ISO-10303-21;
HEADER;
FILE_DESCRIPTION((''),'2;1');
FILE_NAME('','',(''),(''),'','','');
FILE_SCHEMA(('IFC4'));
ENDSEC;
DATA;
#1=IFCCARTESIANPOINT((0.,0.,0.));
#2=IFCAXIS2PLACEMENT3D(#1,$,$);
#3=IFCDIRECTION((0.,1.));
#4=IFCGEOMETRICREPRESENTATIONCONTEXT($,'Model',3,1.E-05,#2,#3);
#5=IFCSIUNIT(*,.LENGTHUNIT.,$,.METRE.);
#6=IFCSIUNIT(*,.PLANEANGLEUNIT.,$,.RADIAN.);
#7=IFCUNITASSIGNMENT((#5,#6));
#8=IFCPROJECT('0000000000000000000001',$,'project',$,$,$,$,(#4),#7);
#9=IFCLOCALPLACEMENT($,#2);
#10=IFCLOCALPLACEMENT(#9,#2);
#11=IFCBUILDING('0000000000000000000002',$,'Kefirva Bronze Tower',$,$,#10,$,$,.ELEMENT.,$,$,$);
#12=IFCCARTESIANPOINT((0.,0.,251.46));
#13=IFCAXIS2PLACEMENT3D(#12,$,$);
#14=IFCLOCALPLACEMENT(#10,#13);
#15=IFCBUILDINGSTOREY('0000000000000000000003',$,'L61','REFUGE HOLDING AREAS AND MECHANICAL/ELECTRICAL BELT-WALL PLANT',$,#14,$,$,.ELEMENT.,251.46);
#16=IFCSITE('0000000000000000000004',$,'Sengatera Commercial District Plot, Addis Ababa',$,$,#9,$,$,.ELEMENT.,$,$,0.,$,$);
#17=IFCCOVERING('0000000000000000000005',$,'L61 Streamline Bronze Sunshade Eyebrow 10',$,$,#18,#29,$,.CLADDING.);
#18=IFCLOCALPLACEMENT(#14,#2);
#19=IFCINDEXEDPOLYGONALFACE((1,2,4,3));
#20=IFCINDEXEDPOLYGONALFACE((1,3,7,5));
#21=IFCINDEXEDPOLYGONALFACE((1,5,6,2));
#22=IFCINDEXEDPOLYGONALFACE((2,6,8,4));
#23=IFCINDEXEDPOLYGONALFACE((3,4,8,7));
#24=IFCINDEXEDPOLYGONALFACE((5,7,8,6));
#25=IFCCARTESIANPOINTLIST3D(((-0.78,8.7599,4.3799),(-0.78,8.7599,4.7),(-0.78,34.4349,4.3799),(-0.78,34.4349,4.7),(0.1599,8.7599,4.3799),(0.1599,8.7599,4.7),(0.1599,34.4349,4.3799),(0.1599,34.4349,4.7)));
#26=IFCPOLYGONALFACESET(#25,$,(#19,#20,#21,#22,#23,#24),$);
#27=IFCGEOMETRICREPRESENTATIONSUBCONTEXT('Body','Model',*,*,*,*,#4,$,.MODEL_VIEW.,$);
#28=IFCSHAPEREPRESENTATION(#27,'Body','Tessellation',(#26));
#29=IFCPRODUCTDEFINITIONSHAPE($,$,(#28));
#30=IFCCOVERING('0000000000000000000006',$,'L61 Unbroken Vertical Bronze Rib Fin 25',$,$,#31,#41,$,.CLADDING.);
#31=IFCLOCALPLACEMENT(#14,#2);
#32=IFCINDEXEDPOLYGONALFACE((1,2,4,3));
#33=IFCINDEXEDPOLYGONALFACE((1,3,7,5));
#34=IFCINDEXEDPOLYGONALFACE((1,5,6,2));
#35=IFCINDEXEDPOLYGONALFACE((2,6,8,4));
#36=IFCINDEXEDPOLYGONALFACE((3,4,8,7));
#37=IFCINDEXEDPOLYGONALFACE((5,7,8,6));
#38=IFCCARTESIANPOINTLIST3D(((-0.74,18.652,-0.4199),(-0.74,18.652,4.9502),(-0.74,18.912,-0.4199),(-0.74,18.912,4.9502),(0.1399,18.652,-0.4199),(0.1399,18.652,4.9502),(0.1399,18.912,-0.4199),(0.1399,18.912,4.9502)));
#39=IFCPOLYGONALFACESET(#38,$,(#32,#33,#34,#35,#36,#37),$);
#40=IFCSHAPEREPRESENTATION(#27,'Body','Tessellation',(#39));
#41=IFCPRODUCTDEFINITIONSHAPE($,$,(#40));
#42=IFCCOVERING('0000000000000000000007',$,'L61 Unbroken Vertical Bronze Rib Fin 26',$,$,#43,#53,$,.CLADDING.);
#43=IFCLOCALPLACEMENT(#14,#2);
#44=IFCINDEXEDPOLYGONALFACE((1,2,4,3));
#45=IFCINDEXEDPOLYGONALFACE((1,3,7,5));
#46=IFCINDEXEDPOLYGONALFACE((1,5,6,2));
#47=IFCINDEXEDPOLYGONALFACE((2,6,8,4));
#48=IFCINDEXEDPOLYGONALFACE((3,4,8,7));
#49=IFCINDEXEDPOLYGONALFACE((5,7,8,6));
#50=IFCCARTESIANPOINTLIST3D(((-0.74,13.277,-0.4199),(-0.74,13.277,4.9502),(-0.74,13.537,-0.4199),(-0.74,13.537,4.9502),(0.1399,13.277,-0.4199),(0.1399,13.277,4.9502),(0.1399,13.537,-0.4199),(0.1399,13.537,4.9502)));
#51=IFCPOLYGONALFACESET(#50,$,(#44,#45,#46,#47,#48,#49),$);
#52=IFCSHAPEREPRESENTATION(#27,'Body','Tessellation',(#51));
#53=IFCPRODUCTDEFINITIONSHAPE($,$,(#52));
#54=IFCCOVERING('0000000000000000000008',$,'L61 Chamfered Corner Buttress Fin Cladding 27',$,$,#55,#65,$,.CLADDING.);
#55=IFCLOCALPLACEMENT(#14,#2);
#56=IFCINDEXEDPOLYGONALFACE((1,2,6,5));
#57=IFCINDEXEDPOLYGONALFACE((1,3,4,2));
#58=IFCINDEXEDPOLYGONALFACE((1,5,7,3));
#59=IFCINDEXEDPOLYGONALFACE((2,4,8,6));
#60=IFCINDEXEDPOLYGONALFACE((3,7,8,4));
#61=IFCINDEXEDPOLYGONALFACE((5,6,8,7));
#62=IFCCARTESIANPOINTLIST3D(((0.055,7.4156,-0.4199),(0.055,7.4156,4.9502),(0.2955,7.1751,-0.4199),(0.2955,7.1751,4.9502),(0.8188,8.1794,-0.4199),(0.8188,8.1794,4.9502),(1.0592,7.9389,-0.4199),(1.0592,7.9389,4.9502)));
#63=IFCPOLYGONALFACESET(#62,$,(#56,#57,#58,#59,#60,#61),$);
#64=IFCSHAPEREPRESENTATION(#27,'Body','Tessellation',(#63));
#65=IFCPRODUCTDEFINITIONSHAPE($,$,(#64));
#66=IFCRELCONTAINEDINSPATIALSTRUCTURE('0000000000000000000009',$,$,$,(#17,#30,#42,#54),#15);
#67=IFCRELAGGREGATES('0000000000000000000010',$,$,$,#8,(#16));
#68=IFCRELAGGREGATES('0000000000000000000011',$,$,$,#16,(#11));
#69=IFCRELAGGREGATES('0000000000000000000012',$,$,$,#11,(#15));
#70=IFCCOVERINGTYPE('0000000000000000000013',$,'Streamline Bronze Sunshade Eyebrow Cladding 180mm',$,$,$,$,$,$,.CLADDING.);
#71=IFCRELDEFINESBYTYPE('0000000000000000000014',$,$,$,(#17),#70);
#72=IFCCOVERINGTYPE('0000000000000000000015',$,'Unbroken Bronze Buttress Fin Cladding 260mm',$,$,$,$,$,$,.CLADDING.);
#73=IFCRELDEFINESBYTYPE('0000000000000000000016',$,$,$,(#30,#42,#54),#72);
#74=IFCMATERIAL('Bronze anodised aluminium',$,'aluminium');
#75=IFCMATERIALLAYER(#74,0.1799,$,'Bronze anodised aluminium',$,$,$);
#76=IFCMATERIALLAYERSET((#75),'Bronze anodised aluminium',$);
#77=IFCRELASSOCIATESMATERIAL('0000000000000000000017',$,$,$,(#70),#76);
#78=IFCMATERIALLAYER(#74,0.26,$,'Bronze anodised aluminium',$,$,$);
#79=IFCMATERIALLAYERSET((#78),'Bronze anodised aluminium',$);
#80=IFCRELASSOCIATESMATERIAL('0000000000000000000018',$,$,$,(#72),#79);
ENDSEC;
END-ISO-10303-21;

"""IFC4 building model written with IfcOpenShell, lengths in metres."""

from ifc_helpers import new_model, si_unit, direction, frame, origin, origin_2d, place, context, subcontext, project, spatial, rectangle, extrude, material, layer, layer_set, type_object, element, save


model = new_model("IFC4")

# Units and contexts
model_context = context("Model", 3, precision=1e-05, world=origin(), true_north=direction((0.0, 1.0)))
body_context = subcontext(model_context, "Body", "Model", "MODEL_VIEW")
ifc_project = project(units=[si_unit("LENGTHUNIT", "METRE"), si_unit("PLANEANGLEUNIT", "RADIAN")], contexts=[model_context])

# Site, building, storey
site_placement = place(None, origin())
site = spatial("IfcSite", under=ifc_project, at=site_placement, Name="Sengatera Commercial District Plot, Addis Ababa", CompositionType="ELEMENT", RefElevation=0.0)
building_placement = place(site_placement, origin())
building = spatial("IfcBuilding", under=site, at=building_placement, Name="Kefirva Bronze Tower", CompositionType="ELEMENT")
storey_placement = place(building_placement, frame((0.0, 0.0, 251.46)))
storey = spatial("IfcBuildingStorey", under=building, at=storey_placement, Name="L61", Description="REFUGE HOLDING AREAS AND MECHANICAL/ELECTRICAL BELT-WALL PLANT", CompositionType="ELEMENT", Elevation=251.46)

# Shared definitions
ifc_material_1 = material(Name="Bronze anodised aluminium", Category="aluminium")

# Coverings
ifc_layer_1 = layer(ifc_material_1, 0.1799, Name="Bronze anodised aluminium")
ifc_layer_set_1 = layer_set([ifc_layer_1], Name="Bronze anodised aluminium")
covering_type_1 = type_object("IfcCoveringType", Name="Streamline Bronze Sunshade Eyebrow Cladding 180mm", PredefinedType="CLADDING", material=ifc_layer_set_1)
covering_1_placement = place(storey_placement, frame((-0.3101, 21.5974, 4.3799), z_axis=(0.0, 0.0, 1.0), x_axis=(0.0, -1.0, 0.0)))
element("IfcCovering", 1, at=covering_1_placement, inside=storey, type_object=covering_type_1, Name="L61 Streamline Bronze Sunshade Eyebrow 10", PredefinedType="CLADDING", context=body_context, shape_type="SweptSolid", body=[
    extrude(rectangle(XDim=25.675, YDim=0.9399, at=origin_2d()), origin(), (0.0, 0.0, 1.0), 0.3201),
])
ifc_layer_2 = layer(ifc_material_1, 0.26, Name="Bronze anodised aluminium")
ifc_layer_set_2 = layer_set([ifc_layer_2], Name="Bronze anodised aluminium")
covering_type_2 = type_object("IfcCoveringType", Name="Unbroken Bronze Buttress Fin Cladding 260mm", PredefinedType="CLADDING", material=ifc_layer_set_2)
for number, where, z_axis, x_axis, name in (
    (2, (-0.3, 18.782, -0.4199), (0.0, 0.0, 1.0), (0.0, -1.0, 0.0), "L61 Unbroken Vertical Bronze Rib Fin 25"),
    (3, (-0.3, 13.407, -0.4199), (0.0, 0.0, 1.0), (0.0, -1.0, 0.0), "L61 Unbroken Vertical Bronze Rib Fin 26"),
):
    element("IfcCovering", number, at=place(storey_placement, frame(where, z_axis=z_axis, x_axis=x_axis)), inside=storey, type_object=covering_type_2, Name=name, PredefinedType="CLADDING", context=body_context, shape_type="SweptSolid", body=[
        extrude(rectangle(XDim=0.26, YDim=0.8799, at=origin_2d()), origin(), (0.0, 0.0, 1.0), 5.3701),
    ])
covering_2_placement = place(storey_placement, frame((0.5571, 7.6772, -0.4199), z_axis=(0.0, 0.0, 1.0), x_axis=(0.707107, -0.707107, 0.0)))
element("IfcCovering", 4, at=covering_2_placement, inside=storey, type_object=covering_type_2, Name="L61 Chamfered Corner Buttress Fin Cladding 27", PredefinedType="CLADDING", context=body_context, shape_type="SweptSolid", body=[
    extrude(rectangle(XDim=0.3401, YDim=1.0801, at=origin_2d()), origin(), (0.0, 0.0, 1.0), 5.3701),
])

save(model, "model.ifc")
